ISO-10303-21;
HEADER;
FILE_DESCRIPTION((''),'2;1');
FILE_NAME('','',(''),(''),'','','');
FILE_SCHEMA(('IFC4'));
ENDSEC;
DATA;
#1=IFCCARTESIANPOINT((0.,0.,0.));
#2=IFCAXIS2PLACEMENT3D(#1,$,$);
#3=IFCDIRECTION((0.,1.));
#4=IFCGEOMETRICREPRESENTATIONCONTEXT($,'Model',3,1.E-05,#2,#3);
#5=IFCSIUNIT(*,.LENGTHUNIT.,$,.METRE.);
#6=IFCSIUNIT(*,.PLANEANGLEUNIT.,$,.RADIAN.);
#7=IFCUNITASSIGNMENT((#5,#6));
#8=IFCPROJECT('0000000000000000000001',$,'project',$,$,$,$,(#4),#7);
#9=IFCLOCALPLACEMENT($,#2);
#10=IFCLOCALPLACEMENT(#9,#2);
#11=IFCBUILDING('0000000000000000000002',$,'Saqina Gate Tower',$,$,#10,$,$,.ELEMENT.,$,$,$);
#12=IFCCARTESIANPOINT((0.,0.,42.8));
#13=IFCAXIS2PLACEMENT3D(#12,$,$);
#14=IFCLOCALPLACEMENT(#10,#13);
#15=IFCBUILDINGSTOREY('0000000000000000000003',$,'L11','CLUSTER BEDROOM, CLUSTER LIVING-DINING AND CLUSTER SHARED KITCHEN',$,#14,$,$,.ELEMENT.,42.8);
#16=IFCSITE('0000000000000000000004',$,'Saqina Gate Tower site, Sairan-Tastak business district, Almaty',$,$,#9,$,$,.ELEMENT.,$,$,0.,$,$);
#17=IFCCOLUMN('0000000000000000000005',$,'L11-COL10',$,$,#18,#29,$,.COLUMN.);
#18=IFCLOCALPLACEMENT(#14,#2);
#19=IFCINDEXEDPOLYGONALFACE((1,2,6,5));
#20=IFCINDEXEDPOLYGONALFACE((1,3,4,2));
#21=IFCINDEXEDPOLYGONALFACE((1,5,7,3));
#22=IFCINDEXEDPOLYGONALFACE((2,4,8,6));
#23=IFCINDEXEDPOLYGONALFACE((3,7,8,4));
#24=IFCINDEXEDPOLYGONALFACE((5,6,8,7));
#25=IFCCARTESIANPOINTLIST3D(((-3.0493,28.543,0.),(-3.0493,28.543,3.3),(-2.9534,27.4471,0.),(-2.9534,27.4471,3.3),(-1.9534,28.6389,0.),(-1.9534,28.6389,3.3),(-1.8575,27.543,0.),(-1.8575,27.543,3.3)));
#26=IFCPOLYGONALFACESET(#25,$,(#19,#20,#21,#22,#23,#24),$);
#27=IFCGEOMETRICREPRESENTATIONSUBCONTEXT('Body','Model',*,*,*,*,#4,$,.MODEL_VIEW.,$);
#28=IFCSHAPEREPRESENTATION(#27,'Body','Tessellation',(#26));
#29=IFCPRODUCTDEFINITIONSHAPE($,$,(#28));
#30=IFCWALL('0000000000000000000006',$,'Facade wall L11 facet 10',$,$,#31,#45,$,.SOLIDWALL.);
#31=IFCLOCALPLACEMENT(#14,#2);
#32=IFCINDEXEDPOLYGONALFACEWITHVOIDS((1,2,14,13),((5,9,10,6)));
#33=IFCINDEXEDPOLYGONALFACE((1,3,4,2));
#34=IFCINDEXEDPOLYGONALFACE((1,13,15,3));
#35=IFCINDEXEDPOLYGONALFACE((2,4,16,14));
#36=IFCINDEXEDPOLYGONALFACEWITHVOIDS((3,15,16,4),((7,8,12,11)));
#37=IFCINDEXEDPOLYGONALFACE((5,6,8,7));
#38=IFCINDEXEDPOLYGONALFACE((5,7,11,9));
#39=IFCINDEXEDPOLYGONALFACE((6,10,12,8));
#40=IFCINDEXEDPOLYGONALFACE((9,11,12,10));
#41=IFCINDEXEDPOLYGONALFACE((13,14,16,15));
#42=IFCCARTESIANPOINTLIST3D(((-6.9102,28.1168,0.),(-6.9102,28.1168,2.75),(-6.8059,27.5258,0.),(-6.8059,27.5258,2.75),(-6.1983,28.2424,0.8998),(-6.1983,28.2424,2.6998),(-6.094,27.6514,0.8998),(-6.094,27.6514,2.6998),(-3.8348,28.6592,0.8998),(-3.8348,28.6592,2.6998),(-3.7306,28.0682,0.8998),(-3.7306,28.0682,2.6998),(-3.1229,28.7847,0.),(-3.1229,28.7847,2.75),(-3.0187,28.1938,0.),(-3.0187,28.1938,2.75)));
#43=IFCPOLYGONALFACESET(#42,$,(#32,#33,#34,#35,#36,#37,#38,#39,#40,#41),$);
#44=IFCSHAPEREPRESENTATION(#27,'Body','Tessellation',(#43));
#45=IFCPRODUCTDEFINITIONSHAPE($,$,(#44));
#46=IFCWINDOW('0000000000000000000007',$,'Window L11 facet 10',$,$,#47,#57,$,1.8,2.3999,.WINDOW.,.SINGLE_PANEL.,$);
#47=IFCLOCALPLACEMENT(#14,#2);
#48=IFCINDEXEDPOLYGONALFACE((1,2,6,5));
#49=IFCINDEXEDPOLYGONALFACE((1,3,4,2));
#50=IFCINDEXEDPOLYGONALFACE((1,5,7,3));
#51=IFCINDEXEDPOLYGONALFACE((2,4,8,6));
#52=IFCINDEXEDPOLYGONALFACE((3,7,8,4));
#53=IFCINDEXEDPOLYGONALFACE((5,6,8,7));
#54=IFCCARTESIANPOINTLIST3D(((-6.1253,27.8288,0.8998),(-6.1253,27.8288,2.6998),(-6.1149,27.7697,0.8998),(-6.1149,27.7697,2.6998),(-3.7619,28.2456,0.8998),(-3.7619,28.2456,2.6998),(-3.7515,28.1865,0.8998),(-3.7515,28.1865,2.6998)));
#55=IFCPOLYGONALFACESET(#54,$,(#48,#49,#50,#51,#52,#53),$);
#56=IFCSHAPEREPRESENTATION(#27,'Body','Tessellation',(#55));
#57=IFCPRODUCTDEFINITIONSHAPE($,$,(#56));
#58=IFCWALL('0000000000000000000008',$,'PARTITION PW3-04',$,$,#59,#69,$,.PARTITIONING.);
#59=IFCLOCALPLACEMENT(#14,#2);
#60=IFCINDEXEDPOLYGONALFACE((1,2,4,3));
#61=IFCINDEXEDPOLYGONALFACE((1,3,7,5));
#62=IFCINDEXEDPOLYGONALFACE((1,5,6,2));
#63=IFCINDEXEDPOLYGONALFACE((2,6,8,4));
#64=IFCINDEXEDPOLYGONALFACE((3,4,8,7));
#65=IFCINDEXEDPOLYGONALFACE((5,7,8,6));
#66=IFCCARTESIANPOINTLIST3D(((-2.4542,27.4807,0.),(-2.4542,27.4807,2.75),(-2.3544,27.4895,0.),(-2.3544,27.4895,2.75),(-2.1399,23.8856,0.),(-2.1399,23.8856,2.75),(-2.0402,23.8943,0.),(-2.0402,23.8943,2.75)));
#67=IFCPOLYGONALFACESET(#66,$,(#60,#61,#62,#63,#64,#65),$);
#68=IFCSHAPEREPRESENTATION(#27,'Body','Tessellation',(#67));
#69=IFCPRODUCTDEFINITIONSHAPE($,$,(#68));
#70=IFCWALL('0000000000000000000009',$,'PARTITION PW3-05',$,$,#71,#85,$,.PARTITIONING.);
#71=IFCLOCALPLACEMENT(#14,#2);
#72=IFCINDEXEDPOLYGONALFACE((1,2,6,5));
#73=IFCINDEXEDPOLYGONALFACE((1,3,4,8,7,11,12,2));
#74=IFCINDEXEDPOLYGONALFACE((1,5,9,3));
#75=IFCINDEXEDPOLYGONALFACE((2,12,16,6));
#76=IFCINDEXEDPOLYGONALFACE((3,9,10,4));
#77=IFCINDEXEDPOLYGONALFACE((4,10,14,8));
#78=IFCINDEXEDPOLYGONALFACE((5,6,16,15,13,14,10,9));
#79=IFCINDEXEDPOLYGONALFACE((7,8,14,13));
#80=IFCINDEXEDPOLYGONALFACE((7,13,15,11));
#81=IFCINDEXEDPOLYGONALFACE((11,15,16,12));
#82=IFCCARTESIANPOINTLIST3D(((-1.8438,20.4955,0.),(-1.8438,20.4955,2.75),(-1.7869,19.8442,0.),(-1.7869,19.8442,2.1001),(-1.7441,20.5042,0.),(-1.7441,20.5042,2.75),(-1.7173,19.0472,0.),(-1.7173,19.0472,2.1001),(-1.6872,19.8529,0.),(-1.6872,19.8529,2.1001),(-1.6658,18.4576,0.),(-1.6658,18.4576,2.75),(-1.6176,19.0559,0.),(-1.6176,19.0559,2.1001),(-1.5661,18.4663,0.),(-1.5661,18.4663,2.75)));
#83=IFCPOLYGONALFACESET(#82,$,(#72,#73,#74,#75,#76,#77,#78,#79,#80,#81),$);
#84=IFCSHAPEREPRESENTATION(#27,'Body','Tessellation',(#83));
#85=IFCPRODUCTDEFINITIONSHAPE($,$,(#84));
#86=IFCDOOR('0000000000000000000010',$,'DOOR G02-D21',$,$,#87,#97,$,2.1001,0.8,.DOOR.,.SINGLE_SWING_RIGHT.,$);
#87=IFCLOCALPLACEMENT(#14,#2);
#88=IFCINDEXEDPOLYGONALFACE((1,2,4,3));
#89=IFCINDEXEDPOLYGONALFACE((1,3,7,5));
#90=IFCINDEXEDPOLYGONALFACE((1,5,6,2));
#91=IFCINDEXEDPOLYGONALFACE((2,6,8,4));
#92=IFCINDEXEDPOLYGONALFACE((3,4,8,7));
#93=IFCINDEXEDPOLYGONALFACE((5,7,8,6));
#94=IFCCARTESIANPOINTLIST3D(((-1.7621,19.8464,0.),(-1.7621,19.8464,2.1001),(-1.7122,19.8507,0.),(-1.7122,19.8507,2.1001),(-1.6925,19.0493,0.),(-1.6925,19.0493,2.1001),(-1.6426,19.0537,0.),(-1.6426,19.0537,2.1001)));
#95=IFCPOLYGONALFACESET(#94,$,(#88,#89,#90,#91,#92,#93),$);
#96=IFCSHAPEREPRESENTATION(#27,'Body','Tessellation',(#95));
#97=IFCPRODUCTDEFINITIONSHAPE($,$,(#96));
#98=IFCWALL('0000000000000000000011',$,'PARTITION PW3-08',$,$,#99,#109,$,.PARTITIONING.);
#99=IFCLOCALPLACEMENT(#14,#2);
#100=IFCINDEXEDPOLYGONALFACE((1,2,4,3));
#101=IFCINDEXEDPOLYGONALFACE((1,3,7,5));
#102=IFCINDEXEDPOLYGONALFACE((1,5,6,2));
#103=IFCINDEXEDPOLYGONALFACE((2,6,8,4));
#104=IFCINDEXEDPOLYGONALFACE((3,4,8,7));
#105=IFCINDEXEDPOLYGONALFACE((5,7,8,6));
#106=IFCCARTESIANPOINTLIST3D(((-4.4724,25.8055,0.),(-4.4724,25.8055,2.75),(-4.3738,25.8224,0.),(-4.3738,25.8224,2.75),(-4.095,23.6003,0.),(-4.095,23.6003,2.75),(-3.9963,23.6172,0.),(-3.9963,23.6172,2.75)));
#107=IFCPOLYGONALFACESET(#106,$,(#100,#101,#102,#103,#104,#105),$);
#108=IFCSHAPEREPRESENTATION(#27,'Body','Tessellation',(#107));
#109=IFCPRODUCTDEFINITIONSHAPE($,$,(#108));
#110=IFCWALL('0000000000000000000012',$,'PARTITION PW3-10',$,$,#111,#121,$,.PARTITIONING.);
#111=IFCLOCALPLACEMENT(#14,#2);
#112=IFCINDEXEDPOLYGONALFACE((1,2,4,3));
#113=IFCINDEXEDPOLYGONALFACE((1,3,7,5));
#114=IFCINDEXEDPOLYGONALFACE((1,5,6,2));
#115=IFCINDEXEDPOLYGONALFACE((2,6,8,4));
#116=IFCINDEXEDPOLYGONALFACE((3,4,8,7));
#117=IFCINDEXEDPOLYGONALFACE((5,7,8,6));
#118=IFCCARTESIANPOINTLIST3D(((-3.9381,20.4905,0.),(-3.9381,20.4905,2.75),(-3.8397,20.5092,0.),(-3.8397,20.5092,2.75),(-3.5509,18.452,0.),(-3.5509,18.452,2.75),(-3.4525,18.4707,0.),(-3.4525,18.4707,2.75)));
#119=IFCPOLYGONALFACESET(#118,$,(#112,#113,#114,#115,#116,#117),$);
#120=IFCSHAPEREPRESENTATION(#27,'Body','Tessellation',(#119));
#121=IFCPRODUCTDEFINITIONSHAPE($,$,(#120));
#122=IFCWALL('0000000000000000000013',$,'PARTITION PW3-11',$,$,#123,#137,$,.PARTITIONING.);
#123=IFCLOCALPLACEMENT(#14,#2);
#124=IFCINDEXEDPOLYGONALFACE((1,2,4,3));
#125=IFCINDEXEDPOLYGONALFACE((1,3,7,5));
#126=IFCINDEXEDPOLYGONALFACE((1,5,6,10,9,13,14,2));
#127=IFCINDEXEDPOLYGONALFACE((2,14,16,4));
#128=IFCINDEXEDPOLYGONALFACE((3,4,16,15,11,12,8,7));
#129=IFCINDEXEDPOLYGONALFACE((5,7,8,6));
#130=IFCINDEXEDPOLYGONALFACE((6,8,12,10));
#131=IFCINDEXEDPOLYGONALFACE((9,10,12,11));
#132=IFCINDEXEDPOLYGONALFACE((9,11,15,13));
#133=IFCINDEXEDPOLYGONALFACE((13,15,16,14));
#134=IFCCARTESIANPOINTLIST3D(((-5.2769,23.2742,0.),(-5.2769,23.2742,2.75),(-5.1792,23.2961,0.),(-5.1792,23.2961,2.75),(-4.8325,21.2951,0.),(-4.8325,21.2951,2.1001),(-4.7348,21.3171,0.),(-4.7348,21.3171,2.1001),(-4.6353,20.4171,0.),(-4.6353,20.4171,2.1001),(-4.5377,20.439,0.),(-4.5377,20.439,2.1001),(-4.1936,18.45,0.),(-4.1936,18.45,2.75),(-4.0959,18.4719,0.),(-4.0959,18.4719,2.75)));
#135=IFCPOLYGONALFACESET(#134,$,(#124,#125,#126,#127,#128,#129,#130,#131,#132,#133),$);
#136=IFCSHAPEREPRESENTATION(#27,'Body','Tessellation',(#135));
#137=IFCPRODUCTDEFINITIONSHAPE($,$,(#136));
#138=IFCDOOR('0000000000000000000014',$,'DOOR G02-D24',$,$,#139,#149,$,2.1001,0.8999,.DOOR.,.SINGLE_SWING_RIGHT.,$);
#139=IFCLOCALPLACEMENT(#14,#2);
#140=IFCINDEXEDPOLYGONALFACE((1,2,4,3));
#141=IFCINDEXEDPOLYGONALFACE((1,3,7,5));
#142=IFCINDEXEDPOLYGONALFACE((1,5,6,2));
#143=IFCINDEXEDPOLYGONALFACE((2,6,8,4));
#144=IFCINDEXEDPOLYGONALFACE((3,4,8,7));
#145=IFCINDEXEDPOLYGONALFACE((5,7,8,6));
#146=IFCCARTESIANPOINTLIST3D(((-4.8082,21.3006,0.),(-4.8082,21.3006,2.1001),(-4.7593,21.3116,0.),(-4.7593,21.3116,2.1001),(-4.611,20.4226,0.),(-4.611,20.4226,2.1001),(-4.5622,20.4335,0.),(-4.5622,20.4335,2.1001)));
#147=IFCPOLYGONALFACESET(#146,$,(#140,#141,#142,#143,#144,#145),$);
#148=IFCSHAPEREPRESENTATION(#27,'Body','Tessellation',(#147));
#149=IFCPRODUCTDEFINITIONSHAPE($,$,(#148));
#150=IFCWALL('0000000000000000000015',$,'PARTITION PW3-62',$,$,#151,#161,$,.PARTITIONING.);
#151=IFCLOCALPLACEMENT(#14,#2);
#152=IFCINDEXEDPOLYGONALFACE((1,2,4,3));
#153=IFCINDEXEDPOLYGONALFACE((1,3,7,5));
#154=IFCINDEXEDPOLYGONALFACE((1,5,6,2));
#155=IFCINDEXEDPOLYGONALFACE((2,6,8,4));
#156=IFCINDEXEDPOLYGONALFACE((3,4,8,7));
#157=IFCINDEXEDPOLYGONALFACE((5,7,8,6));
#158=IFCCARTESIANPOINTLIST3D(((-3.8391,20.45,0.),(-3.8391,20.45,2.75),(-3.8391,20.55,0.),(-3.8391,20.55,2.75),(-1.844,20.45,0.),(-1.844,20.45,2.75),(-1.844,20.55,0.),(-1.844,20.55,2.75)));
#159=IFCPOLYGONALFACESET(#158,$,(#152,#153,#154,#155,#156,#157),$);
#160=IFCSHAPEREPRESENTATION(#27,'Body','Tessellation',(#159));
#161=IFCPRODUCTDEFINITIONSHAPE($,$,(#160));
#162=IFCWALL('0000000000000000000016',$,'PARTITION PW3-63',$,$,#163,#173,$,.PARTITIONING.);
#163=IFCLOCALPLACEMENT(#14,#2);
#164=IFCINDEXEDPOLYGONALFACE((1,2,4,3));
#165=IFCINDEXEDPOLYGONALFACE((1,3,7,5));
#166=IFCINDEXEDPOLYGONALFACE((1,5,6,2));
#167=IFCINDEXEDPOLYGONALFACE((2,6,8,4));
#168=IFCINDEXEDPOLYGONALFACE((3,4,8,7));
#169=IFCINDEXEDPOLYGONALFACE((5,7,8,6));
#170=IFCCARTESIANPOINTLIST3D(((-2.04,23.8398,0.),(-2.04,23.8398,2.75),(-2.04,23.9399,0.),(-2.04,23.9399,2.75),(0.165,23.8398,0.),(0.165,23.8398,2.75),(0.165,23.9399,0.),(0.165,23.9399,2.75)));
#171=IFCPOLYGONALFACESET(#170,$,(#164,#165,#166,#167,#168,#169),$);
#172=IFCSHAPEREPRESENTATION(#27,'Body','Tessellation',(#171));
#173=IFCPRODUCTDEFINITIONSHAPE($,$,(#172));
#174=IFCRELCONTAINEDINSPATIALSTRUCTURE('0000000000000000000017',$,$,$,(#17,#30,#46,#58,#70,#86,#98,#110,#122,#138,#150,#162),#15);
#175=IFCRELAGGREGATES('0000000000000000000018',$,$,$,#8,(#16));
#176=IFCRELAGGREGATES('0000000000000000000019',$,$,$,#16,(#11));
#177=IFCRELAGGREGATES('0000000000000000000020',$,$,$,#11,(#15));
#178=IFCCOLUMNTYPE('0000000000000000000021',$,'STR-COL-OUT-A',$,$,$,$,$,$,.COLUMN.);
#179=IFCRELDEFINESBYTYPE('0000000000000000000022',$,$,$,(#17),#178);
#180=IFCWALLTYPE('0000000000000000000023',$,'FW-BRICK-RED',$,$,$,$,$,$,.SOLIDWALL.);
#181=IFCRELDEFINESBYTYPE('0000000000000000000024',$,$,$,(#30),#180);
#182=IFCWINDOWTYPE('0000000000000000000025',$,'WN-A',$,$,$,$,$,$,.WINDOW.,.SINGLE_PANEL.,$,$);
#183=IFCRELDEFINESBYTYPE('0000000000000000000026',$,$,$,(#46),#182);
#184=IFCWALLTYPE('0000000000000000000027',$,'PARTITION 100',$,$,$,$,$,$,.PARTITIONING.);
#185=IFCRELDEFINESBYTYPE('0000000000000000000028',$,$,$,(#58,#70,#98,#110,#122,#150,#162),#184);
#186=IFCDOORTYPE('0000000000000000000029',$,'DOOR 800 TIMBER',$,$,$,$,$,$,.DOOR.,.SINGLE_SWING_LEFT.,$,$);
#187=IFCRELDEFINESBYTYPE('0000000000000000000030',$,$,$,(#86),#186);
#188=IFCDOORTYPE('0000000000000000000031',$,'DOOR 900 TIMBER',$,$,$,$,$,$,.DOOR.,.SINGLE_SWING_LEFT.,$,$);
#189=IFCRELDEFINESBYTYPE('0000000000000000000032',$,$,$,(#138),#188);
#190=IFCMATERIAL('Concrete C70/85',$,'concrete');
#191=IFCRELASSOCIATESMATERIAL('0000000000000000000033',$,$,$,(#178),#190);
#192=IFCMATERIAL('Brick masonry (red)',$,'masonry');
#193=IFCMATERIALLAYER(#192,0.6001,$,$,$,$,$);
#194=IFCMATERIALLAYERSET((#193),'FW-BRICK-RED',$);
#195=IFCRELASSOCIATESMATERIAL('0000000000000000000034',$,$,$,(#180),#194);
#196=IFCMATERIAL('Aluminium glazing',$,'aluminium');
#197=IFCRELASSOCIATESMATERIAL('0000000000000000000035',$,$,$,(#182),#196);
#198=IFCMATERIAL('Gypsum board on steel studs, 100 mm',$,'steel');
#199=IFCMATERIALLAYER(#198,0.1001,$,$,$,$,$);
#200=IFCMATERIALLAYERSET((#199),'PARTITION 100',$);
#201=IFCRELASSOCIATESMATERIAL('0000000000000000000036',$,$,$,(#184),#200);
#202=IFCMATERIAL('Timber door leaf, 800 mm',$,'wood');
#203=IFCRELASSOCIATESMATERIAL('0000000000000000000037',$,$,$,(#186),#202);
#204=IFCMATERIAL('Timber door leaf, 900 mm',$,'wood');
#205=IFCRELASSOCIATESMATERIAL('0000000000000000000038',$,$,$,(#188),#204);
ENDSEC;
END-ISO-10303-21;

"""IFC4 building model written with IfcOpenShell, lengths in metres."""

from ifc_helpers import new_model, si_unit, direction, frame, frame_2d, origin, origin_2d, place, context, subcontext, project, spatial, rectangle, extrude, material, layer, layer_set, material_profile, profile_set, type_object, element, fill, save


model = new_model("IFC4")

# Units and contexts
model_context = context("Model", 3, precision=1e-05, world=origin(), true_north=direction((0.0, 1.0)))
body_context = subcontext(model_context, "Body", "Model", "MODEL_VIEW")
ifc_project = project(units=[si_unit("LENGTHUNIT", "METRE"), si_unit("PLANEANGLEUNIT", "RADIAN")], contexts=[model_context])

# Site, building, storey
site_placement = place(None, origin())
site = spatial("IfcSite", under=ifc_project, at=site_placement, Name="Saqina Gate Tower site, Sairan-Tastak business district, Almaty", CompositionType="ELEMENT", RefElevation=0.0)
building_placement = place(site_placement, origin())
building = spatial("IfcBuilding", under=site, at=building_placement, Name="Saqina Gate Tower", CompositionType="ELEMENT")
storey_placement = place(building_placement, frame((0.0, 0.0, 42.8)))
storey = spatial("IfcBuildingStorey", under=building, at=storey_placement, Name="L11", Description="CLUSTER BEDROOM, CLUSTER LIVING-DINING AND CLUSTER SHARED KITCHEN", CompositionType="ELEMENT", Elevation=42.8)

# Column
ifc_material_1 = material(Name="Concrete C70/85", Category="concrete")
ifc_material_profile = material_profile(ifc_material_1, rectangle(XDim=1.1001, YDim=1.1001, at=origin_2d()), Name="RC 1100x1100")
ifc_profile_set = profile_set([ifc_material_profile], Name="Concrete C70/85")
column_type = type_object("IfcColumnType", Name="STR-COL-OUT-A", PredefinedType="COLUMN", material=ifc_profile_set)
column_placement = place(storey_placement, frame((-2.4534, 28.043, 0.0), z_axis=(0.0, 0.0, 1.0), x_axis=(-0.087156, 0.996195, 0.0)))
element("IfcColumn", 1, at=column_placement, inside=storey, type_object=column_type, Name="L11-COL10", PredefinedType="COLUMN", context=body_context, shape_type="SweptSolid", body=[
    extrude(rectangle(XDim=1.1001, YDim=1.1001, at=origin_2d()), origin(), (0.0, 0.0, 1.0), 3.3),
])

# Wall, opening, window
ifc_material_2 = material(Name="Brick masonry (red)", Category="masonry")
ifc_layer_1 = layer(ifc_material_2, 0.6001)
ifc_layer_set_1 = layer_set([ifc_layer_1], Name="FW-BRICK-RED")
wall_type_1 = type_object("IfcWallType", Name="FW-BRICK-RED", PredefinedType="SOLIDWALL", material=ifc_layer_set_1)
wall_1_placement = place(storey_placement, frame((-3.0708, 28.4893, 0.0), z_axis=(0.0, 0.0, 1.0), x_axis=(-0.984801, -0.173688, 0.0)))
wall_1 = element("IfcWall", 2, at=wall_1_placement, inside=storey, type_object=wall_type_1, Name="Facade wall L11 facet 10", PredefinedType="SOLIDWALL", context=body_context, shape_type="SweptSolid", body=[
    extrude(rectangle(XDim=3.8457, YDim=0.6001, at=frame_2d((1.9229, 0.0))), origin(), (0.0, 0.0, 1.0), 2.75),
])
opening_1_placement = place(wall_1_placement, frame((0.7229, 0.0, 0.8999)))
opening_1 = element("IfcOpeningElement", 3, at=opening_1_placement, cuts=wall_1, PredefinedType="OPENING", context=body_context, shape_type="SweptSolid", body=[
    extrude(rectangle(XDim=2.3999, YDim=1.8, at=frame_2d((1.2, 0.8999))), frame((0.0, 0.312, 0.0), z_axis=(0.0, -1.0, 0.0), x_axis=(1.0, 0.0, 0.0)), (0.0, 0.0, 1.0), 0.624),
])
ifc_material_3 = material(Name="Aluminium glazing", Category="aluminium")
window_type = type_object("IfcWindowType", Name="WN-A", PartitioningType="SINGLE_PANEL", PredefinedType="WINDOW", material=ifc_material_3)
window_placement = place(opening_1_placement, origin())
window = element("IfcWindow", 4, at=window_placement, inside=storey, type_object=window_type, Name="Window L11 facet 10", OverallHeight=1.8, OverallWidth=2.3999, PartitioningType="SINGLE_PANEL", PredefinedType="WINDOW", context=body_context, shape_type="SweptSolid", body=[
    extrude(rectangle(XDim=2.3999, YDim=1.8, at=frame_2d((1.2, 0.8999))), frame((0.0, 0.1799, 0.0), z_axis=(0.0, -1.0, 0.0), x_axis=(1.0, 0.0, 0.0)), (0.0, 0.0, 1.0), 0.0601),
])
fill(opening_1, window)

# Wall
ifc_material_4 = material(Name="Gypsum board on steel studs, 100 mm", Category="steel")
ifc_layer_2 = layer(ifc_material_4, 0.1001)
ifc_layer_set_2 = layer_set([ifc_layer_2], Name="PARTITION 100")
wall_type_2 = type_object("IfcWallType", Name="PARTITION 100", PredefinedType="PARTITIONING", material=ifc_layer_set_2)
wall_2_placement = place(storey_placement, frame((-2.4043, 27.4851, 0.0), z_axis=(0.0, 0.0, 1.0), x_axis=(0.087065, -0.996203, 0.0)))
element("IfcWall", 5, at=wall_2_placement, inside=storey, type_object=wall_type_2, Name="PARTITION PW3-04", PredefinedType="PARTITIONING", context=body_context, shape_type="SweptSolid", body=[
    extrude(rectangle(XDim=3.6089, YDim=0.1001, at=frame_2d((1.8044, 0.0))), origin(), (0.0, 0.0, 1.0), 2.75),
])

# Wall, opening, door
wall_3_placement = place(storey_placement, frame((-1.7939, 20.5, 0.0), z_axis=(0.0, 0.0, 1.0), x_axis=(0.087006, -0.996208, 0.0)))
wall_3 = element("IfcWall", 6, at=wall_3_placement, inside=storey, type_object=wall_type_2, Name="PARTITION PW3-05", PredefinedType="PARTITIONING", context=body_context, shape_type="SweptSolid", body=[
    extrude(rectangle(XDim=2.0457, YDim=0.1001, at=frame_2d((1.0229, 0.0))), origin(), (0.0, 0.0, 1.0), 2.75),
])
opening_2_placement = place(wall_3_placement, frame((0.6541, 0.0, 0.0)))
opening_2 = element("IfcOpeningElement", 7, at=opening_2_placement, cuts=wall_3, PredefinedType="OPENING", context=body_context, shape_type="SweptSolid", body=[
    extrude(rectangle(XDim=0.8, YDim=2.1001, at=frame_2d((0.3999, 1.05))), frame((0.0, 0.062, 0.0), z_axis=(0.0, -1.0, 0.0), x_axis=(1.0, 0.0, 0.0)), (0.0, 0.0, 1.0), 0.124),
])
ifc_material_5 = material(Name="Timber door leaf, 800 mm", Category="wood")
door_type_1 = type_object("IfcDoorType", Name="DOOR 800 TIMBER", OperationType="SINGLE_SWING_LEFT", PredefinedType="DOOR", material=ifc_material_5)
door_1_placement = place(opening_2_placement, origin())
door_1 = element("IfcDoor", 8, at=door_1_placement, inside=storey, type_object=door_type_1, Name="DOOR G02-D21", OperationType="SINGLE_SWING_RIGHT", OverallHeight=2.1001, OverallWidth=0.8, PredefinedType="DOOR", context=body_context, shape_type="SweptSolid", body=[
    extrude(rectangle(XDim=0.8, YDim=2.1001, at=frame_2d((0.3999, 1.05))), frame((0.0, 0.0249, 0.0), z_axis=(0.0, -1.0, 0.0), x_axis=(1.0, 0.0, 0.0)), (0.0, 0.0, 1.0), 0.05),
])
fill(opening_2, door_1)

# Walls
wall_4_placement = place(storey_placement, frame((-4.4231, 25.814, 0.0), z_axis=(0.0, 0.0, 1.0), x_axis=(0.168697, -0.985668, 0.0)))
element("IfcWall", 9, at=wall_4_placement, inside=storey, type_object=wall_type_2, Name="PARTITION PW3-08", PredefinedType="PARTITIONING", context=body_context, shape_type="SweptSolid", body=[
    extrude(rectangle(XDim=2.2373, YDim=0.1001, at=frame_2d((1.1187, 0.0))), origin(), (0.0, 0.0, 1.0), 2.75),
])
wall_5_placement = place(storey_placement, frame((-3.8889, 20.5, 0.0), z_axis=(0.0, 0.0, 1.0), x_axis=(0.186604, -0.982435, 0.0)))
element("IfcWall", 10, at=wall_5_placement, inside=storey, type_object=wall_type_2, Name="PARTITION PW3-10", PredefinedType="PARTITIONING", context=body_context, shape_type="SweptSolid", body=[
    extrude(rectangle(XDim=2.075, YDim=0.1001, at=frame_2d((1.0376, 0.0))), origin(), (0.0, 0.0, 1.0), 2.75),
])

# Wall, opening, door
wall_6_placement = place(storey_placement, frame((-5.228, 23.2852, 0.0), z_axis=(0.0, 0.0, 1.0), x_axis=(0.219089, -0.975705, 0.0)))
wall_6 = element("IfcWall", 11, at=wall_6_placement, inside=storey, type_object=wall_type_2, Name="PARTITION PW3-11", PredefinedType="PARTITIONING", context=body_context, shape_type="SweptSolid", body=[
    extrude(rectangle(XDim=4.9443, YDim=0.1001, at=frame_2d((2.4722, 0.0))), origin(), (0.0, 0.0, 1.0), 2.75),
])
opening_3_placement = place(wall_6_placement, frame((2.0283, 0.0, 0.0)))
opening_3 = element("IfcOpeningElement", 12, at=opening_3_placement, cuts=wall_6, PredefinedType="OPENING", context=body_context, shape_type="SweptSolid", body=[
    extrude(rectangle(XDim=0.8999, YDim=2.1001, at=frame_2d((0.45, 1.05))), frame((0.0, 0.062, 0.0), z_axis=(0.0, -1.0, 0.0), x_axis=(1.0, 0.0, 0.0)), (0.0, 0.0, 1.0), 0.124),
])
ifc_material_6 = material(Name="Timber door leaf, 900 mm", Category="wood")
door_type_2 = type_object("IfcDoorType", Name="DOOR 900 TIMBER", OperationType="SINGLE_SWING_LEFT", PredefinedType="DOOR", material=ifc_material_6)
door_2_placement = place(opening_3_placement, origin())
door_2 = element("IfcDoor", 13, at=door_2_placement, inside=storey, type_object=door_type_2, Name="DOOR G02-D24", OperationType="SINGLE_SWING_RIGHT", OverallHeight=2.1001, OverallWidth=0.8999, PredefinedType="DOOR", context=body_context, shape_type="SweptSolid", body=[
    extrude(rectangle(XDim=0.8999, YDim=2.1001, at=frame_2d((0.45, 1.05))), frame((0.0, 0.0249, 0.0), z_axis=(0.0, -1.0, 0.0), x_axis=(1.0, 0.0, 0.0)), (0.0, 0.0, 1.0), 0.05),
])
fill(opening_3, door_2)

# Walls
wall_7_placement = place(storey_placement, frame((-3.8391, 20.5, 0.0), z_axis=(0.0, 0.0, 1.0), x_axis=(1.0, 0.0, 0.0)))
element("IfcWall", 14, at=wall_7_placement, inside=storey, type_object=wall_type_2, Name="PARTITION PW3-62", PredefinedType="PARTITIONING", context=body_context, shape_type="SweptSolid", body=[
    extrude(rectangle(XDim=1.9951, YDim=0.1001, at=frame_2d((0.9976, 0.0))), origin(), (0.0, 0.0, 1.0), 2.75),
])
wall_8_placement = place(storey_placement, frame((-2.04, 23.8899, 0.0), z_axis=(0.0, 0.0, 1.0), x_axis=(1.0, 0.0, 0.0)))
element("IfcWall", 15, at=wall_8_placement, inside=storey, type_object=wall_type_2, Name="PARTITION PW3-63", PredefinedType="PARTITIONING", context=body_context, shape_type="SweptSolid", body=[
    extrude(rectangle(XDim=2.2051, YDim=0.1001, at=frame_2d((1.1025, 0.0))), origin(), (0.0, 0.0, 1.0), 2.75),
])

save(model, "model.ifc")
